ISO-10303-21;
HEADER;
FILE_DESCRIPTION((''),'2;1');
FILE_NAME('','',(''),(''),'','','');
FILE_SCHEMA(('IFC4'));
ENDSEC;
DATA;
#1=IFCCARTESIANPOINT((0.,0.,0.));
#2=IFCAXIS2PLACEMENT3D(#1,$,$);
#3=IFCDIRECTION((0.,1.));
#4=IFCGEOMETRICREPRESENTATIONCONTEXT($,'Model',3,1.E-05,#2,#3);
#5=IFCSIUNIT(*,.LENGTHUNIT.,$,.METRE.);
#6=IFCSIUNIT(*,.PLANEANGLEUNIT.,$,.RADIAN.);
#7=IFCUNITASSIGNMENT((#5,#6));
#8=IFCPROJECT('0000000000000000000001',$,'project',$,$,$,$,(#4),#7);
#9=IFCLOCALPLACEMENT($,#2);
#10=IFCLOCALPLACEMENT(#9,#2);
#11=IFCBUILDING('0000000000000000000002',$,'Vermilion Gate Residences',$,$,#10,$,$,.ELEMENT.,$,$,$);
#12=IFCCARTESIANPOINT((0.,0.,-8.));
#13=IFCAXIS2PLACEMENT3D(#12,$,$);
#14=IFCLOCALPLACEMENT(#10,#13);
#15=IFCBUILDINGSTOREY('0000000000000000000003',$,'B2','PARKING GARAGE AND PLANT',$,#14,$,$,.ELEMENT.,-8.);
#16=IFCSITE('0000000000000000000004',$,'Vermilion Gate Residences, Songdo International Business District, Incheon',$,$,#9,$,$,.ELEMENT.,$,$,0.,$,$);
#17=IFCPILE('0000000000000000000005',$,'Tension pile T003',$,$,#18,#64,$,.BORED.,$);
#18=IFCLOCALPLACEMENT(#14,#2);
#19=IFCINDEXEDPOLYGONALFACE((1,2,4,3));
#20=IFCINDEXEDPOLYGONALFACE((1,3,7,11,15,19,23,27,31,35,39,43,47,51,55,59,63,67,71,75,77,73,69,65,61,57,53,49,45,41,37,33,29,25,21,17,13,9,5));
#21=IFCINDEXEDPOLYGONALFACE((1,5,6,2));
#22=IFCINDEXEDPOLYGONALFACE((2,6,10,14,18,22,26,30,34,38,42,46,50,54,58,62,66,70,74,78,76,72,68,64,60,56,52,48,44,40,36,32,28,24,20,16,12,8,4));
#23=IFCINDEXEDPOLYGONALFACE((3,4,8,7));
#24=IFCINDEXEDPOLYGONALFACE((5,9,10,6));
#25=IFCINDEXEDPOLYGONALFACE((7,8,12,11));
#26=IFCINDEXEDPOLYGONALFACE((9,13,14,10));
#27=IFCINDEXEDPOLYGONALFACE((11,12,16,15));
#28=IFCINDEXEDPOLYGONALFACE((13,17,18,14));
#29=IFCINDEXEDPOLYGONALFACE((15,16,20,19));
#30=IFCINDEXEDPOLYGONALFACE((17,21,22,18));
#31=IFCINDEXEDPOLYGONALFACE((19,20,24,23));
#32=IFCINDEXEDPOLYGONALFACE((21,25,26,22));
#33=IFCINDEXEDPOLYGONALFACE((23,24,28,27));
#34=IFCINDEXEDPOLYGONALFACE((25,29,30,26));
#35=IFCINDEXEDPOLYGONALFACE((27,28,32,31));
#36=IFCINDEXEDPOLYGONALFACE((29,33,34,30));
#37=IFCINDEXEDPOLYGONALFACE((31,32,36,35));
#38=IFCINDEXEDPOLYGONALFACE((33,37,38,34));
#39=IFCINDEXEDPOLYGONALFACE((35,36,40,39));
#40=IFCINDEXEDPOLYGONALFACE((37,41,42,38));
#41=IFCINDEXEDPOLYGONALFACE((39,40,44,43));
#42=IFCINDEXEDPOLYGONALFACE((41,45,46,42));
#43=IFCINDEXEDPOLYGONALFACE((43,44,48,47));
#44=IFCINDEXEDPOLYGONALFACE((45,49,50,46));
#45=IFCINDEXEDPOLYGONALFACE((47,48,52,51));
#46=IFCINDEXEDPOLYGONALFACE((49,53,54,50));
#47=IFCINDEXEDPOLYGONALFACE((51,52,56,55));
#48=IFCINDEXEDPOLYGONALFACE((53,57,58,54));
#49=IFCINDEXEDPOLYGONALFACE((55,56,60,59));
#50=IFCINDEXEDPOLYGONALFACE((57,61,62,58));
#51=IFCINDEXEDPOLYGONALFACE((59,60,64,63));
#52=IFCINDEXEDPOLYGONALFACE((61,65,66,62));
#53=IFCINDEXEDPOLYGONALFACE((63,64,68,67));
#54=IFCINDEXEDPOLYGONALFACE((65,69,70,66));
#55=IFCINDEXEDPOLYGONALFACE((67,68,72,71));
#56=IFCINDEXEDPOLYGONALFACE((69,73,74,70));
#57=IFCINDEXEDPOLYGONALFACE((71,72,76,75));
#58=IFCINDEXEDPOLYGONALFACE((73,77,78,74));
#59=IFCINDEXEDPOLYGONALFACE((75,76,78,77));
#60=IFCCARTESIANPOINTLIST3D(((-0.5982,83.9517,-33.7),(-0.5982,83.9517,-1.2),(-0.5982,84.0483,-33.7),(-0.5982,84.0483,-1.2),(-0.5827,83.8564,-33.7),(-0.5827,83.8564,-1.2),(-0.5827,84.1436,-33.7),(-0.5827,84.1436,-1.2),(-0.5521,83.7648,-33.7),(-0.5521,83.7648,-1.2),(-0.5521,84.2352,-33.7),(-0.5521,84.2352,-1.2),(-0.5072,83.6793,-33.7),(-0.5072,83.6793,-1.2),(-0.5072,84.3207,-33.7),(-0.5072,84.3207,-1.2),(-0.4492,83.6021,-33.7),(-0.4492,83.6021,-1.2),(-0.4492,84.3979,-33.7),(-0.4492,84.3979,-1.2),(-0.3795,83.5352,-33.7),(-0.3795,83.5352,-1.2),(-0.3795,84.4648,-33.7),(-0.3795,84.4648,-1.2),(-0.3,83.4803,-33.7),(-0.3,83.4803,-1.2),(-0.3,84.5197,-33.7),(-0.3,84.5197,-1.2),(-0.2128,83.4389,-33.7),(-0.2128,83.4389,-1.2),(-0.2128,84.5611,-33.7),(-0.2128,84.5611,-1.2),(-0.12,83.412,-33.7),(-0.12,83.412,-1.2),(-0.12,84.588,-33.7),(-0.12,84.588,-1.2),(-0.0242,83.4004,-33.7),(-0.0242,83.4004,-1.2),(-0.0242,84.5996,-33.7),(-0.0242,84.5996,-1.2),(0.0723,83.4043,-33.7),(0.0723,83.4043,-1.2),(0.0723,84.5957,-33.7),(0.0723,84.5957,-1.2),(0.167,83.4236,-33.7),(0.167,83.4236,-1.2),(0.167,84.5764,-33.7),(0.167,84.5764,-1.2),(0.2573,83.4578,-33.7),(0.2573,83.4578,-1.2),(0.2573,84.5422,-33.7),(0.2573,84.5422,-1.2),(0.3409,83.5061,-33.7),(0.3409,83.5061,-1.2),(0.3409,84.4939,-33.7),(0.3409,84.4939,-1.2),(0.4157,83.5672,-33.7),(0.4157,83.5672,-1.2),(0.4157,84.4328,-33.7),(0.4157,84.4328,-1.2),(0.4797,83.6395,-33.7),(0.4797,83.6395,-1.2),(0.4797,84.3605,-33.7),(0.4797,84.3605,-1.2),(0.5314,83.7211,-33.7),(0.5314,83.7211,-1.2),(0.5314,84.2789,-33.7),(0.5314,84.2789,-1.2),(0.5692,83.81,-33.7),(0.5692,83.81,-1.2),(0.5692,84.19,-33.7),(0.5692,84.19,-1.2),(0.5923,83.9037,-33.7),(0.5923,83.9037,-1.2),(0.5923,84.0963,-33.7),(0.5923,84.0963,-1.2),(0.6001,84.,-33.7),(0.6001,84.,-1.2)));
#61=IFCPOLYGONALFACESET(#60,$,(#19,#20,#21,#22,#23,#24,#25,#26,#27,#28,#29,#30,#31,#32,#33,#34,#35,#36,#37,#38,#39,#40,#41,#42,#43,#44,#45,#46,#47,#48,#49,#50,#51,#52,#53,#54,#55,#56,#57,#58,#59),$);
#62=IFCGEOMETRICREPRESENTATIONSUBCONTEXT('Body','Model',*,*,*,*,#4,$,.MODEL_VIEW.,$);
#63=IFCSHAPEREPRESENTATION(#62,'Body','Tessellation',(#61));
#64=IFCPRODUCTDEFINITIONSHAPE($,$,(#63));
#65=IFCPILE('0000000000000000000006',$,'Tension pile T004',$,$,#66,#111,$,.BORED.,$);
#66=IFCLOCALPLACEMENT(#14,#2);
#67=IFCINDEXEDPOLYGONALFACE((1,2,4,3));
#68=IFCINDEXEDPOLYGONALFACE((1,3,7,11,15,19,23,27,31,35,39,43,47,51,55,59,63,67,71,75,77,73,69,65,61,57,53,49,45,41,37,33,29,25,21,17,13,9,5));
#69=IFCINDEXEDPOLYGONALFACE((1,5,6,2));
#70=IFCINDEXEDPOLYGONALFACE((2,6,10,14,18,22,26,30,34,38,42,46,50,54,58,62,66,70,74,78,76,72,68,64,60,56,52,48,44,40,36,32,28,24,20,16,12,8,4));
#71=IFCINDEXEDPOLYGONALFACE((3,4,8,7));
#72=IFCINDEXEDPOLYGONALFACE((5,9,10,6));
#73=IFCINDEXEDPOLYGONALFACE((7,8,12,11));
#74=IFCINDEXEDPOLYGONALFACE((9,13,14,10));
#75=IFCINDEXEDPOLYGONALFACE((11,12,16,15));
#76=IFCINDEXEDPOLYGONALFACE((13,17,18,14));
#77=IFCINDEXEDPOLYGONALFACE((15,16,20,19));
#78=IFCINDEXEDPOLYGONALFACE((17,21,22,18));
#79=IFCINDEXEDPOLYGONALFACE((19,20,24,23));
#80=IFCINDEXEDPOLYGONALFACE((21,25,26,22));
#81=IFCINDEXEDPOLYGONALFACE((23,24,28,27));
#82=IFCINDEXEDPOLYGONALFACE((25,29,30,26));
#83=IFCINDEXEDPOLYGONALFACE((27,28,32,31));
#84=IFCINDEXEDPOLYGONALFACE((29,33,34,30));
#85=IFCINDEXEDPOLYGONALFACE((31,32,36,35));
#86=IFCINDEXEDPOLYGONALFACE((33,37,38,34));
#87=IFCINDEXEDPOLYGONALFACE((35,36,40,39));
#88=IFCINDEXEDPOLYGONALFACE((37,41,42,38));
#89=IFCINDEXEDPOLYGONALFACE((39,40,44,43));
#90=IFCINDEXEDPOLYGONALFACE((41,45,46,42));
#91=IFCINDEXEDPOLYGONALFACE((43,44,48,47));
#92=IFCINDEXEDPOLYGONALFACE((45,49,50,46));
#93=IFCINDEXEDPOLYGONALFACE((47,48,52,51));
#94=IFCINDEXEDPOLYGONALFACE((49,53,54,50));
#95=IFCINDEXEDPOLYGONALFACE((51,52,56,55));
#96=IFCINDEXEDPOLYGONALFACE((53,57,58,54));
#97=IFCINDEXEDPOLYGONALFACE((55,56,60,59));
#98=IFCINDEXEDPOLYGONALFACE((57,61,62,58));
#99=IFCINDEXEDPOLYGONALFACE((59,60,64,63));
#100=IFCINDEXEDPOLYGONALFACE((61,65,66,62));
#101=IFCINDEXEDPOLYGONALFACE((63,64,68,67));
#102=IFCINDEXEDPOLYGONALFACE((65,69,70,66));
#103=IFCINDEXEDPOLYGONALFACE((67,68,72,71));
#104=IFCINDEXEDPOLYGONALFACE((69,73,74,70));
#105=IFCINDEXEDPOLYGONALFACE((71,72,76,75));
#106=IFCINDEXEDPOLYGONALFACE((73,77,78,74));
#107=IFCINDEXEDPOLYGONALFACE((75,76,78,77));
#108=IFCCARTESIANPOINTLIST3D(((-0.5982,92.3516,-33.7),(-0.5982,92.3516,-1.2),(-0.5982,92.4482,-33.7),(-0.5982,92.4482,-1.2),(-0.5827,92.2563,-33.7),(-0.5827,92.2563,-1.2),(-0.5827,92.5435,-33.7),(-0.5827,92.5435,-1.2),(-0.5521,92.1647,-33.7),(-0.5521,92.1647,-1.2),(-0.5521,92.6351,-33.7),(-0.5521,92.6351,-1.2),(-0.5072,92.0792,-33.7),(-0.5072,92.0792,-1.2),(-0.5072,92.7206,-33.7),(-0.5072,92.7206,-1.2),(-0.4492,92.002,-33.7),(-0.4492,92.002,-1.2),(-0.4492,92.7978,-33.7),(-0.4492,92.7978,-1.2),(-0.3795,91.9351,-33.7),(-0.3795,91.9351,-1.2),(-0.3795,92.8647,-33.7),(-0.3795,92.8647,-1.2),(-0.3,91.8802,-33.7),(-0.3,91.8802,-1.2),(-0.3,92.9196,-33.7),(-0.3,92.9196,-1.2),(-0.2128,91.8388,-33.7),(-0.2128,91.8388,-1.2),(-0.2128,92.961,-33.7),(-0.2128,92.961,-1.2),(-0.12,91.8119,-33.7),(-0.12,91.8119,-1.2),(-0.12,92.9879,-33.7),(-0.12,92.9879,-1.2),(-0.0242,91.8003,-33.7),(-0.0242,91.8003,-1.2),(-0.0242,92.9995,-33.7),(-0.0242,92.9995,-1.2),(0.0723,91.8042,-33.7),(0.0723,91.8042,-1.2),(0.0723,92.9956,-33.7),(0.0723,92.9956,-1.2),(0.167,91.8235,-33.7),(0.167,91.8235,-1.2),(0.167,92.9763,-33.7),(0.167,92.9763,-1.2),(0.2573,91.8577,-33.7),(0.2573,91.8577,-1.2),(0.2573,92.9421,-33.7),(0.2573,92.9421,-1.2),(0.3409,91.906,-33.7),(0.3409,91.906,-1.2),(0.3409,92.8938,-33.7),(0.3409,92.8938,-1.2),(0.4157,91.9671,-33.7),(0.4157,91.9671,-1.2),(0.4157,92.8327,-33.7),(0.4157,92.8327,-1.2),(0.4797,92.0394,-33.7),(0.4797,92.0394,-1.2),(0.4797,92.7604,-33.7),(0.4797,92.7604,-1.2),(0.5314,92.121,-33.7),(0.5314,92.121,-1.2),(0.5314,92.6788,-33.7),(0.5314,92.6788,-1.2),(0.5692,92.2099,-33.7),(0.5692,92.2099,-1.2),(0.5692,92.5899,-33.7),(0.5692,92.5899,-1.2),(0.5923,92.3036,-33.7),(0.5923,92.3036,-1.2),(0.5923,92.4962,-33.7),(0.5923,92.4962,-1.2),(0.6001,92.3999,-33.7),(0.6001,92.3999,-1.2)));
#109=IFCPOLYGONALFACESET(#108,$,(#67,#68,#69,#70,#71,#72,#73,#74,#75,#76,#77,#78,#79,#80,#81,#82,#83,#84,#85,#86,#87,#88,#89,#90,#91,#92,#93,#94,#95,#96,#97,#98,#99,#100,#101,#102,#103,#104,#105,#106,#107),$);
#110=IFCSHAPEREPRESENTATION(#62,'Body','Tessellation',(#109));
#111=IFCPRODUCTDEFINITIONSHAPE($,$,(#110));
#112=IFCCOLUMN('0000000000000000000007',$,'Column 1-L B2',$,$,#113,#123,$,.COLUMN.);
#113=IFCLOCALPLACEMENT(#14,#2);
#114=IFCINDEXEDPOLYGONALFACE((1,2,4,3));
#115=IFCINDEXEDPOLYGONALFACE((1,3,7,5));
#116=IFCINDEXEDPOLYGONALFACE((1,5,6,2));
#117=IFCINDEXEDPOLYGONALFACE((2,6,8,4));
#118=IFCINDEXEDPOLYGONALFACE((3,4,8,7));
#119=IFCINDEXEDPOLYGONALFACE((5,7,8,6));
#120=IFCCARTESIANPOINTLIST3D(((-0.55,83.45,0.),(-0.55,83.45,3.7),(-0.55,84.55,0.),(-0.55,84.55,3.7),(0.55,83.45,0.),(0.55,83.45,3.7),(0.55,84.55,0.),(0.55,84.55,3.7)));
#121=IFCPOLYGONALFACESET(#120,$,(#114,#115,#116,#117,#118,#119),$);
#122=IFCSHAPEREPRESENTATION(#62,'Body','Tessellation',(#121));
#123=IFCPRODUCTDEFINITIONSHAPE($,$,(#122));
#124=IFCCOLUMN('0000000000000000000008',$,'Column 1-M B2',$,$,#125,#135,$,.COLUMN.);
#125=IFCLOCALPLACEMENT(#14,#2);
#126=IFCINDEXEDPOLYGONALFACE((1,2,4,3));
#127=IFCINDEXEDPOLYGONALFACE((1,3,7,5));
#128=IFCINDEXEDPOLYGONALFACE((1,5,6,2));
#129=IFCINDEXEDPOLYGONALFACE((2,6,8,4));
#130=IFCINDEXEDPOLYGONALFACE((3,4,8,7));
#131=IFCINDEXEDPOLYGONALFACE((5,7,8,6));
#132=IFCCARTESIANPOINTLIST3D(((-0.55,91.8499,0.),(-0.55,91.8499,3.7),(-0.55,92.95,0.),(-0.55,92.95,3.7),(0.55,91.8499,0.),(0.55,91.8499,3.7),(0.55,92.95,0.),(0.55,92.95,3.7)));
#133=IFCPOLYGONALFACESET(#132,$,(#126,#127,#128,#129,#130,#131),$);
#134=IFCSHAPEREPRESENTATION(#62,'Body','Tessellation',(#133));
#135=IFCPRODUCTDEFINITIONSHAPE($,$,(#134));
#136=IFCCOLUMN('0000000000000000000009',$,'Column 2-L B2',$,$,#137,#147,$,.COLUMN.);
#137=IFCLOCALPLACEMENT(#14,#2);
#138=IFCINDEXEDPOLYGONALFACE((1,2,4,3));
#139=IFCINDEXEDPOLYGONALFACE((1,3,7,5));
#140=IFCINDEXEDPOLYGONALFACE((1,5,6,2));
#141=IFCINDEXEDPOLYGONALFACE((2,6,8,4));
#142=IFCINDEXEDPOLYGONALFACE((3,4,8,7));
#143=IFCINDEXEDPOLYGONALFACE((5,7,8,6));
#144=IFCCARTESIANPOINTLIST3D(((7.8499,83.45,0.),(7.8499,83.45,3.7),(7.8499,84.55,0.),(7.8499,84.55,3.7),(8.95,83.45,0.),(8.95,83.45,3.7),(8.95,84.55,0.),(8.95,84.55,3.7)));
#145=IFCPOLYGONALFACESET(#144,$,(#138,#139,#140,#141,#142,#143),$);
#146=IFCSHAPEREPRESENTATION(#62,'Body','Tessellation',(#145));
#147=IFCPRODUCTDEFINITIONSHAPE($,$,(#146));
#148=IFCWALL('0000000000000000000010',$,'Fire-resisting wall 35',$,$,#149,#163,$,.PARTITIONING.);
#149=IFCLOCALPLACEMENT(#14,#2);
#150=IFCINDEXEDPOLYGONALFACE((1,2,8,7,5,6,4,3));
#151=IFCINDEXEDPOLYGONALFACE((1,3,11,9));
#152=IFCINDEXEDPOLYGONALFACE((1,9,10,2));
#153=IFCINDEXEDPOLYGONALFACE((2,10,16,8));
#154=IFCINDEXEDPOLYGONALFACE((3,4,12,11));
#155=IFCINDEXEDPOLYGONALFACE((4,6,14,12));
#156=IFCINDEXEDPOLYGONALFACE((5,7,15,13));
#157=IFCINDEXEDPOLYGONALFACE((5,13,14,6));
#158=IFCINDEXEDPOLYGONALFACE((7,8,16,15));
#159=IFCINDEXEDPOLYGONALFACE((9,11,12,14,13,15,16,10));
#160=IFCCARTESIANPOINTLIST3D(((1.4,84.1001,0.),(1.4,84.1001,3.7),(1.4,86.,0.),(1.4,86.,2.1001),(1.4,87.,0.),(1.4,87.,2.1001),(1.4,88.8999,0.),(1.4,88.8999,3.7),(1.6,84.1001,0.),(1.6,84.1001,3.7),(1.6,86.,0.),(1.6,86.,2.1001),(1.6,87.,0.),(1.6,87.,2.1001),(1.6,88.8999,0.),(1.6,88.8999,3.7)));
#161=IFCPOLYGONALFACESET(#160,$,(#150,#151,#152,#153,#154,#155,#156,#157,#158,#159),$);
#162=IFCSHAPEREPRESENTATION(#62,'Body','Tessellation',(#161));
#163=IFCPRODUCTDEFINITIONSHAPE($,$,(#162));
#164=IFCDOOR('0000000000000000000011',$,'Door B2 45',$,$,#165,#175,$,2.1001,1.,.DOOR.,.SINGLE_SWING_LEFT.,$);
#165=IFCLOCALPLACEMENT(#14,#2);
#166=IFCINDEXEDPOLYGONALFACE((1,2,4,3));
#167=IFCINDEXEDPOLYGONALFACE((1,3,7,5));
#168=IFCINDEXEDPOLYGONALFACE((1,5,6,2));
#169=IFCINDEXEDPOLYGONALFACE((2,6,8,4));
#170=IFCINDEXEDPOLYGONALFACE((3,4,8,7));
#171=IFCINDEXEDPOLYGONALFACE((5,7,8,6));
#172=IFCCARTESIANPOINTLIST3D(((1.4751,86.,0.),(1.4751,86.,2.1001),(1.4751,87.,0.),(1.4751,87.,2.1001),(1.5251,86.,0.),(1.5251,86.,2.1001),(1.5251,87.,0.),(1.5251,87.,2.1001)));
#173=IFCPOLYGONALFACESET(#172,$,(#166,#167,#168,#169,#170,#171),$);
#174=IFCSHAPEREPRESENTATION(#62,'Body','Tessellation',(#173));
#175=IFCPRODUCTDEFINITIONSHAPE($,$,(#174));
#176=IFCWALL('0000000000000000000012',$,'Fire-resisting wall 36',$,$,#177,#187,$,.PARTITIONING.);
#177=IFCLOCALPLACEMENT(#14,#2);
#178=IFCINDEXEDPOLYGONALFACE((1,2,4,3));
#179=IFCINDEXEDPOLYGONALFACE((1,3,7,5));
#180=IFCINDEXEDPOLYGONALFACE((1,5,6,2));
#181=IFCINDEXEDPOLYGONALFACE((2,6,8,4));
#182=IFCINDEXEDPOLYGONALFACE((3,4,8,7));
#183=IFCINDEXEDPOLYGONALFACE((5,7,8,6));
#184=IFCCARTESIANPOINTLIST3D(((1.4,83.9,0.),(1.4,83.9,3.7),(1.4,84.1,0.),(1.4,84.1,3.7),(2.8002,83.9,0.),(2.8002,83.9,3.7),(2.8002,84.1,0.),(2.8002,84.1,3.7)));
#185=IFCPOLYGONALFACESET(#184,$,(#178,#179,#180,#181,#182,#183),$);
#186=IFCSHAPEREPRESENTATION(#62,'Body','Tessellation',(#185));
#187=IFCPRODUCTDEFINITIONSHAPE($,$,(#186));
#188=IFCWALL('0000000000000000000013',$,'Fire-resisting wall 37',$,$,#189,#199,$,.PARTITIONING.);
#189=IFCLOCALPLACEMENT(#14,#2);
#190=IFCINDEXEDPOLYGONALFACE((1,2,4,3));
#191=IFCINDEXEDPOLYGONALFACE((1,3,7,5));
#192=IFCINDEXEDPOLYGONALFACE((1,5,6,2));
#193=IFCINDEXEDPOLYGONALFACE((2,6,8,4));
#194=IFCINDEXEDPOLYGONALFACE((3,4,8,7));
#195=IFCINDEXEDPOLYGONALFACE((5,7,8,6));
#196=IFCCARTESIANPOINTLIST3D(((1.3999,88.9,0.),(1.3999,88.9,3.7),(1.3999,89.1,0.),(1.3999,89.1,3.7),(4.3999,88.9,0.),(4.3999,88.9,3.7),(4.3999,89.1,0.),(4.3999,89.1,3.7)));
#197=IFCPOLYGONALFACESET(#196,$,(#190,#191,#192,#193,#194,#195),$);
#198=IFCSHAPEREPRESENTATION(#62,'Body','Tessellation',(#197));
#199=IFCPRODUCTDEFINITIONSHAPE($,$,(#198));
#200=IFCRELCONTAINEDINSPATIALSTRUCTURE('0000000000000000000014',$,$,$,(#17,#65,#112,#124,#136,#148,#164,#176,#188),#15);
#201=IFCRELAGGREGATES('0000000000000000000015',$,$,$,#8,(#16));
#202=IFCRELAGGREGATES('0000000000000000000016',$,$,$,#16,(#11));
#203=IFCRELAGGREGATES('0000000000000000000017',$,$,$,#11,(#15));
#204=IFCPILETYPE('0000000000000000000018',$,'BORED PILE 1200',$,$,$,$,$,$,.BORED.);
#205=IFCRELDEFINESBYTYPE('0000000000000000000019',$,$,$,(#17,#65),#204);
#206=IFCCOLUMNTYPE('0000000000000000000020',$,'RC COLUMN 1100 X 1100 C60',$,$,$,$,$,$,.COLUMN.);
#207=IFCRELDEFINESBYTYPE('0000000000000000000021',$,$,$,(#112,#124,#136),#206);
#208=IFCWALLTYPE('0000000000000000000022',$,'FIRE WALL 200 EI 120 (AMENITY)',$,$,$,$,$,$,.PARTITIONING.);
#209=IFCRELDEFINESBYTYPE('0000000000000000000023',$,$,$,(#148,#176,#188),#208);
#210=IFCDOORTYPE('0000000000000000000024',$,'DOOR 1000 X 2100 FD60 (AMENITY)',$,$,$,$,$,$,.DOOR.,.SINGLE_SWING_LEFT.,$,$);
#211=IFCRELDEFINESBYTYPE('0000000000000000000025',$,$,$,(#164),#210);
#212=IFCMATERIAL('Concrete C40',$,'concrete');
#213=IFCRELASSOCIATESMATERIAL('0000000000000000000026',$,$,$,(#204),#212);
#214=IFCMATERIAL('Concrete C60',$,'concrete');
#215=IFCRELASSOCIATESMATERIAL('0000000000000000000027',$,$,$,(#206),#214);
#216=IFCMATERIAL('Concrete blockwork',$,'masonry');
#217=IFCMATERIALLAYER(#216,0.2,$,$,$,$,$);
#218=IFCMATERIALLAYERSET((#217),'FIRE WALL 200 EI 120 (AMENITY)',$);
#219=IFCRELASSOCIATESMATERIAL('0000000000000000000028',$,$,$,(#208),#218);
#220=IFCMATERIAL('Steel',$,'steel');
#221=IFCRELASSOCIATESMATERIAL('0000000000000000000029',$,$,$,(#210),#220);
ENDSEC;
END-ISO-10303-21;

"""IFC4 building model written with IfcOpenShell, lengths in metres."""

from ifc_helpers import new_model, si_unit, direction, frame, frame_2d, origin, origin_2d, place, context, subcontext, project, spatial, rectangle, circle, extrude, material, layer, layer_set, material_profile, profile_set, type_object, element, fill, save


model = new_model("IFC4")

# Units and contexts
model_context = context("Model", 3, precision=1e-05, world=origin(), true_north=direction((0.0, 1.0)))
body_context = subcontext(model_context, "Body", "Model", "MODEL_VIEW")
ifc_project = project(units=[si_unit("LENGTHUNIT", "METRE"), si_unit("PLANEANGLEUNIT", "RADIAN")], contexts=[model_context])

# Site, building, storey
site_placement = place(None, origin())
site = spatial("IfcSite", under=ifc_project, at=site_placement, Name="Vermilion Gate Residences, Songdo International Business District, Incheon", CompositionType="ELEMENT", RefElevation=0.0)
building_placement = place(site_placement, origin())
building = spatial("IfcBuilding", under=site, at=building_placement, Name="Vermilion Gate Residences", CompositionType="ELEMENT")
storey_placement = place(building_placement, frame((0.0, 0.0, -8.0)))
storey = spatial("IfcBuildingStorey", under=building, at=storey_placement, Name="B2", Description="PARKING GARAGE AND PLANT", CompositionType="ELEMENT", Elevation=-8.0)

# Piles
ifc_material_1 = material(Name="Concrete C40", Category="concrete")
ifc_material_profile_1 = material_profile(ifc_material_1, circle(Radius=0.6001, at=origin_2d()), Name="BORED PILE 1200")
ifc_profile_set_1 = profile_set([ifc_material_profile_1], Name="Concrete C40")
pile_type = type_object("IfcPileType", Name="BORED PILE 1200", PredefinedType="BORED", material=ifc_profile_set_1)
for number, where, z_axis, x_axis, name in (
    (1, (0.0, 84.0, -1.2), (0.0, 0.0, -1.0), (1.0, 0.0, 0.0), "Tension pile T003"),
    (2, (0.0, 92.3999, -1.2), (0.0, 0.0, -1.0), (1.0, 0.0, 0.0), "Tension pile T004"),
):
    element("IfcPile", number, at=place(storey_placement, frame(where, z_axis=z_axis, x_axis=x_axis)), inside=storey, type_object=pile_type, Name=name, PredefinedType="BORED", context=body_context, shape_type="SweptSolid", body=[
        extrude(circle(Radius=0.6001, at=origin_2d()), origin(), (0.0, 0.0, 1.0), 32.5),
    ])

# Columns
ifc_material_2 = material(Name="Concrete C60", Category="concrete")
ifc_material_profile_2 = material_profile(ifc_material_2, rectangle(XDim=1.1001, YDim=1.1001, at=origin_2d()), Name="RC-1100x1100")
ifc_profile_set_2 = profile_set([ifc_material_profile_2], Name="Concrete C60")
column_type = type_object("IfcColumnType", Name="RC COLUMN 1100 X 1100 C60", PredefinedType="COLUMN", material=ifc_profile_set_2)
for number, where, z_axis, x_axis, name in (
    (3, (0.0, 84.0, 0.0), (0.0, 0.0, 1.0), (1.0, 0.0, 0.0), "Column 1-L B2"),
    (4, (0.0, 92.3999, 0.0), (0.0, 0.0, 1.0), (1.0, 0.0, 0.0), "Column 1-M B2"),
    (5, (8.3999, 84.0, 0.0), (0.0, 0.0, 1.0), (1.0, 0.0, 0.0), "Column 2-L B2"),
):
    element("IfcColumn", number, at=place(storey_placement, frame(where, z_axis=z_axis, x_axis=x_axis)), inside=storey, type_object=column_type, Name=name, PredefinedType="COLUMN", context=body_context, shape_type="SweptSolid", body=[
        extrude(rectangle(XDim=1.1001, YDim=1.1001, at=origin_2d()), origin(), (0.0, 0.0, 1.0), 3.7),
    ])

# Wall, opening, door
ifc_material_3 = material(Name="Concrete blockwork", Category="masonry")
ifc_layer_1 = layer(ifc_material_3, 0.2)
ifc_layer_set_1 = layer_set([ifc_layer_1], Name="FIRE WALL 200 EI 120 (AMENITY)")
wall_type_1 = type_object("IfcWallType", Name="FIRE WALL 200 EI 120 (AMENITY)", PredefinedType="PARTITIONING", material=ifc_layer_set_1)
wall_1_placement = place(storey_placement, frame((1.5, 84.1001, 0.0), z_axis=(0.0, 0.0, 1.0), x_axis=(0.0, 1.0, 0.0)))
wall_1 = element("IfcWall", 6, at=wall_1_placement, inside=storey, type_object=wall_type_1, Name="Fire-resisting wall 35", PredefinedType="PARTITIONING", context=body_context, shape_type="SweptSolid", body=[
    extrude(rectangle(XDim=4.7998, YDim=0.2, at=frame_2d((2.3999, 0.0))), origin(), (0.0, 0.0, 1.0), 3.7),
])
opening_placement = place(wall_1_placement, frame((1.8999, 0.0, 0.0)))
opening = element("IfcOpeningElement", 7, at=opening_placement, cuts=wall_1, PredefinedType="OPENING", context=body_context, shape_type="SweptSolid", body=[
    extrude(rectangle(XDim=1.0, YDim=2.1001, at=frame_2d((0.5, 1.05))), frame((0.0, 0.1099, 0.0), z_axis=(0.0, -1.0, 0.0), x_axis=(1.0, 0.0, 0.0)), (0.0, 0.0, 1.0), 0.22),
])
ifc_material_4 = material(Name="Steel", Category="steel")
door_type = type_object("IfcDoorType", Name="DOOR 1000 X 2100 FD60 (AMENITY)", OperationType="SINGLE_SWING_LEFT", PredefinedType="DOOR", material=ifc_material_4)
door_placement = place(opening_placement, origin())
door = element("IfcDoor", 8, at=door_placement, inside=storey, type_object=door_type, Name="Door B2 45", OperationType="SINGLE_SWING_LEFT", OverallHeight=2.1001, OverallWidth=1.0, PredefinedType="DOOR", context=body_context, shape_type="SweptSolid", body=[
    extrude(rectangle(XDim=1.0, YDim=2.1001, at=frame_2d((0.5, 1.05))), frame((0.0, 0.0249, 0.0), z_axis=(0.0, -1.0, 0.0), x_axis=(1.0, 0.0, 0.0)), (0.0, 0.0, 1.0), 0.05),
])
fill(opening, door)

# Walls
wall_2_placement = place(storey_placement, frame((1.3999, 84.0, 0.0), z_axis=(0.0, 0.0, 1.0), x_axis=(1.0, 0.0, 0.0)))
element("IfcWall", 9, at=wall_2_placement, inside=storey, type_object=wall_type_1, Name="Fire-resisting wall 36", PredefinedType="PARTITIONING", context=body_context, shape_type="SweptSolid", body=[
    extrude(rectangle(XDim=1.4001, YDim=0.2, at=frame_2d((0.7002, 0.0))), origin(), (0.0, 0.0, 1.0), 3.7),
])
wall_3_placement = place(storey_placement, frame((1.3999, 89.0, 0.0), z_axis=(0.0, 0.0, 1.0), x_axis=(1.0, 0.0, 0.0)))
element("IfcWall", 10, at=wall_3_placement, inside=storey, type_object=wall_type_1, Name="Fire-resisting wall 37", PredefinedType="PARTITIONING", context=body_context, shape_type="SweptSolid", body=[
    extrude(rectangle(XDim=3.0, YDim=0.2, at=frame_2d((1.5, 0.0))), origin(), (0.0, 0.0, 1.0), 3.7),
])

save(model, "model.ifc")
